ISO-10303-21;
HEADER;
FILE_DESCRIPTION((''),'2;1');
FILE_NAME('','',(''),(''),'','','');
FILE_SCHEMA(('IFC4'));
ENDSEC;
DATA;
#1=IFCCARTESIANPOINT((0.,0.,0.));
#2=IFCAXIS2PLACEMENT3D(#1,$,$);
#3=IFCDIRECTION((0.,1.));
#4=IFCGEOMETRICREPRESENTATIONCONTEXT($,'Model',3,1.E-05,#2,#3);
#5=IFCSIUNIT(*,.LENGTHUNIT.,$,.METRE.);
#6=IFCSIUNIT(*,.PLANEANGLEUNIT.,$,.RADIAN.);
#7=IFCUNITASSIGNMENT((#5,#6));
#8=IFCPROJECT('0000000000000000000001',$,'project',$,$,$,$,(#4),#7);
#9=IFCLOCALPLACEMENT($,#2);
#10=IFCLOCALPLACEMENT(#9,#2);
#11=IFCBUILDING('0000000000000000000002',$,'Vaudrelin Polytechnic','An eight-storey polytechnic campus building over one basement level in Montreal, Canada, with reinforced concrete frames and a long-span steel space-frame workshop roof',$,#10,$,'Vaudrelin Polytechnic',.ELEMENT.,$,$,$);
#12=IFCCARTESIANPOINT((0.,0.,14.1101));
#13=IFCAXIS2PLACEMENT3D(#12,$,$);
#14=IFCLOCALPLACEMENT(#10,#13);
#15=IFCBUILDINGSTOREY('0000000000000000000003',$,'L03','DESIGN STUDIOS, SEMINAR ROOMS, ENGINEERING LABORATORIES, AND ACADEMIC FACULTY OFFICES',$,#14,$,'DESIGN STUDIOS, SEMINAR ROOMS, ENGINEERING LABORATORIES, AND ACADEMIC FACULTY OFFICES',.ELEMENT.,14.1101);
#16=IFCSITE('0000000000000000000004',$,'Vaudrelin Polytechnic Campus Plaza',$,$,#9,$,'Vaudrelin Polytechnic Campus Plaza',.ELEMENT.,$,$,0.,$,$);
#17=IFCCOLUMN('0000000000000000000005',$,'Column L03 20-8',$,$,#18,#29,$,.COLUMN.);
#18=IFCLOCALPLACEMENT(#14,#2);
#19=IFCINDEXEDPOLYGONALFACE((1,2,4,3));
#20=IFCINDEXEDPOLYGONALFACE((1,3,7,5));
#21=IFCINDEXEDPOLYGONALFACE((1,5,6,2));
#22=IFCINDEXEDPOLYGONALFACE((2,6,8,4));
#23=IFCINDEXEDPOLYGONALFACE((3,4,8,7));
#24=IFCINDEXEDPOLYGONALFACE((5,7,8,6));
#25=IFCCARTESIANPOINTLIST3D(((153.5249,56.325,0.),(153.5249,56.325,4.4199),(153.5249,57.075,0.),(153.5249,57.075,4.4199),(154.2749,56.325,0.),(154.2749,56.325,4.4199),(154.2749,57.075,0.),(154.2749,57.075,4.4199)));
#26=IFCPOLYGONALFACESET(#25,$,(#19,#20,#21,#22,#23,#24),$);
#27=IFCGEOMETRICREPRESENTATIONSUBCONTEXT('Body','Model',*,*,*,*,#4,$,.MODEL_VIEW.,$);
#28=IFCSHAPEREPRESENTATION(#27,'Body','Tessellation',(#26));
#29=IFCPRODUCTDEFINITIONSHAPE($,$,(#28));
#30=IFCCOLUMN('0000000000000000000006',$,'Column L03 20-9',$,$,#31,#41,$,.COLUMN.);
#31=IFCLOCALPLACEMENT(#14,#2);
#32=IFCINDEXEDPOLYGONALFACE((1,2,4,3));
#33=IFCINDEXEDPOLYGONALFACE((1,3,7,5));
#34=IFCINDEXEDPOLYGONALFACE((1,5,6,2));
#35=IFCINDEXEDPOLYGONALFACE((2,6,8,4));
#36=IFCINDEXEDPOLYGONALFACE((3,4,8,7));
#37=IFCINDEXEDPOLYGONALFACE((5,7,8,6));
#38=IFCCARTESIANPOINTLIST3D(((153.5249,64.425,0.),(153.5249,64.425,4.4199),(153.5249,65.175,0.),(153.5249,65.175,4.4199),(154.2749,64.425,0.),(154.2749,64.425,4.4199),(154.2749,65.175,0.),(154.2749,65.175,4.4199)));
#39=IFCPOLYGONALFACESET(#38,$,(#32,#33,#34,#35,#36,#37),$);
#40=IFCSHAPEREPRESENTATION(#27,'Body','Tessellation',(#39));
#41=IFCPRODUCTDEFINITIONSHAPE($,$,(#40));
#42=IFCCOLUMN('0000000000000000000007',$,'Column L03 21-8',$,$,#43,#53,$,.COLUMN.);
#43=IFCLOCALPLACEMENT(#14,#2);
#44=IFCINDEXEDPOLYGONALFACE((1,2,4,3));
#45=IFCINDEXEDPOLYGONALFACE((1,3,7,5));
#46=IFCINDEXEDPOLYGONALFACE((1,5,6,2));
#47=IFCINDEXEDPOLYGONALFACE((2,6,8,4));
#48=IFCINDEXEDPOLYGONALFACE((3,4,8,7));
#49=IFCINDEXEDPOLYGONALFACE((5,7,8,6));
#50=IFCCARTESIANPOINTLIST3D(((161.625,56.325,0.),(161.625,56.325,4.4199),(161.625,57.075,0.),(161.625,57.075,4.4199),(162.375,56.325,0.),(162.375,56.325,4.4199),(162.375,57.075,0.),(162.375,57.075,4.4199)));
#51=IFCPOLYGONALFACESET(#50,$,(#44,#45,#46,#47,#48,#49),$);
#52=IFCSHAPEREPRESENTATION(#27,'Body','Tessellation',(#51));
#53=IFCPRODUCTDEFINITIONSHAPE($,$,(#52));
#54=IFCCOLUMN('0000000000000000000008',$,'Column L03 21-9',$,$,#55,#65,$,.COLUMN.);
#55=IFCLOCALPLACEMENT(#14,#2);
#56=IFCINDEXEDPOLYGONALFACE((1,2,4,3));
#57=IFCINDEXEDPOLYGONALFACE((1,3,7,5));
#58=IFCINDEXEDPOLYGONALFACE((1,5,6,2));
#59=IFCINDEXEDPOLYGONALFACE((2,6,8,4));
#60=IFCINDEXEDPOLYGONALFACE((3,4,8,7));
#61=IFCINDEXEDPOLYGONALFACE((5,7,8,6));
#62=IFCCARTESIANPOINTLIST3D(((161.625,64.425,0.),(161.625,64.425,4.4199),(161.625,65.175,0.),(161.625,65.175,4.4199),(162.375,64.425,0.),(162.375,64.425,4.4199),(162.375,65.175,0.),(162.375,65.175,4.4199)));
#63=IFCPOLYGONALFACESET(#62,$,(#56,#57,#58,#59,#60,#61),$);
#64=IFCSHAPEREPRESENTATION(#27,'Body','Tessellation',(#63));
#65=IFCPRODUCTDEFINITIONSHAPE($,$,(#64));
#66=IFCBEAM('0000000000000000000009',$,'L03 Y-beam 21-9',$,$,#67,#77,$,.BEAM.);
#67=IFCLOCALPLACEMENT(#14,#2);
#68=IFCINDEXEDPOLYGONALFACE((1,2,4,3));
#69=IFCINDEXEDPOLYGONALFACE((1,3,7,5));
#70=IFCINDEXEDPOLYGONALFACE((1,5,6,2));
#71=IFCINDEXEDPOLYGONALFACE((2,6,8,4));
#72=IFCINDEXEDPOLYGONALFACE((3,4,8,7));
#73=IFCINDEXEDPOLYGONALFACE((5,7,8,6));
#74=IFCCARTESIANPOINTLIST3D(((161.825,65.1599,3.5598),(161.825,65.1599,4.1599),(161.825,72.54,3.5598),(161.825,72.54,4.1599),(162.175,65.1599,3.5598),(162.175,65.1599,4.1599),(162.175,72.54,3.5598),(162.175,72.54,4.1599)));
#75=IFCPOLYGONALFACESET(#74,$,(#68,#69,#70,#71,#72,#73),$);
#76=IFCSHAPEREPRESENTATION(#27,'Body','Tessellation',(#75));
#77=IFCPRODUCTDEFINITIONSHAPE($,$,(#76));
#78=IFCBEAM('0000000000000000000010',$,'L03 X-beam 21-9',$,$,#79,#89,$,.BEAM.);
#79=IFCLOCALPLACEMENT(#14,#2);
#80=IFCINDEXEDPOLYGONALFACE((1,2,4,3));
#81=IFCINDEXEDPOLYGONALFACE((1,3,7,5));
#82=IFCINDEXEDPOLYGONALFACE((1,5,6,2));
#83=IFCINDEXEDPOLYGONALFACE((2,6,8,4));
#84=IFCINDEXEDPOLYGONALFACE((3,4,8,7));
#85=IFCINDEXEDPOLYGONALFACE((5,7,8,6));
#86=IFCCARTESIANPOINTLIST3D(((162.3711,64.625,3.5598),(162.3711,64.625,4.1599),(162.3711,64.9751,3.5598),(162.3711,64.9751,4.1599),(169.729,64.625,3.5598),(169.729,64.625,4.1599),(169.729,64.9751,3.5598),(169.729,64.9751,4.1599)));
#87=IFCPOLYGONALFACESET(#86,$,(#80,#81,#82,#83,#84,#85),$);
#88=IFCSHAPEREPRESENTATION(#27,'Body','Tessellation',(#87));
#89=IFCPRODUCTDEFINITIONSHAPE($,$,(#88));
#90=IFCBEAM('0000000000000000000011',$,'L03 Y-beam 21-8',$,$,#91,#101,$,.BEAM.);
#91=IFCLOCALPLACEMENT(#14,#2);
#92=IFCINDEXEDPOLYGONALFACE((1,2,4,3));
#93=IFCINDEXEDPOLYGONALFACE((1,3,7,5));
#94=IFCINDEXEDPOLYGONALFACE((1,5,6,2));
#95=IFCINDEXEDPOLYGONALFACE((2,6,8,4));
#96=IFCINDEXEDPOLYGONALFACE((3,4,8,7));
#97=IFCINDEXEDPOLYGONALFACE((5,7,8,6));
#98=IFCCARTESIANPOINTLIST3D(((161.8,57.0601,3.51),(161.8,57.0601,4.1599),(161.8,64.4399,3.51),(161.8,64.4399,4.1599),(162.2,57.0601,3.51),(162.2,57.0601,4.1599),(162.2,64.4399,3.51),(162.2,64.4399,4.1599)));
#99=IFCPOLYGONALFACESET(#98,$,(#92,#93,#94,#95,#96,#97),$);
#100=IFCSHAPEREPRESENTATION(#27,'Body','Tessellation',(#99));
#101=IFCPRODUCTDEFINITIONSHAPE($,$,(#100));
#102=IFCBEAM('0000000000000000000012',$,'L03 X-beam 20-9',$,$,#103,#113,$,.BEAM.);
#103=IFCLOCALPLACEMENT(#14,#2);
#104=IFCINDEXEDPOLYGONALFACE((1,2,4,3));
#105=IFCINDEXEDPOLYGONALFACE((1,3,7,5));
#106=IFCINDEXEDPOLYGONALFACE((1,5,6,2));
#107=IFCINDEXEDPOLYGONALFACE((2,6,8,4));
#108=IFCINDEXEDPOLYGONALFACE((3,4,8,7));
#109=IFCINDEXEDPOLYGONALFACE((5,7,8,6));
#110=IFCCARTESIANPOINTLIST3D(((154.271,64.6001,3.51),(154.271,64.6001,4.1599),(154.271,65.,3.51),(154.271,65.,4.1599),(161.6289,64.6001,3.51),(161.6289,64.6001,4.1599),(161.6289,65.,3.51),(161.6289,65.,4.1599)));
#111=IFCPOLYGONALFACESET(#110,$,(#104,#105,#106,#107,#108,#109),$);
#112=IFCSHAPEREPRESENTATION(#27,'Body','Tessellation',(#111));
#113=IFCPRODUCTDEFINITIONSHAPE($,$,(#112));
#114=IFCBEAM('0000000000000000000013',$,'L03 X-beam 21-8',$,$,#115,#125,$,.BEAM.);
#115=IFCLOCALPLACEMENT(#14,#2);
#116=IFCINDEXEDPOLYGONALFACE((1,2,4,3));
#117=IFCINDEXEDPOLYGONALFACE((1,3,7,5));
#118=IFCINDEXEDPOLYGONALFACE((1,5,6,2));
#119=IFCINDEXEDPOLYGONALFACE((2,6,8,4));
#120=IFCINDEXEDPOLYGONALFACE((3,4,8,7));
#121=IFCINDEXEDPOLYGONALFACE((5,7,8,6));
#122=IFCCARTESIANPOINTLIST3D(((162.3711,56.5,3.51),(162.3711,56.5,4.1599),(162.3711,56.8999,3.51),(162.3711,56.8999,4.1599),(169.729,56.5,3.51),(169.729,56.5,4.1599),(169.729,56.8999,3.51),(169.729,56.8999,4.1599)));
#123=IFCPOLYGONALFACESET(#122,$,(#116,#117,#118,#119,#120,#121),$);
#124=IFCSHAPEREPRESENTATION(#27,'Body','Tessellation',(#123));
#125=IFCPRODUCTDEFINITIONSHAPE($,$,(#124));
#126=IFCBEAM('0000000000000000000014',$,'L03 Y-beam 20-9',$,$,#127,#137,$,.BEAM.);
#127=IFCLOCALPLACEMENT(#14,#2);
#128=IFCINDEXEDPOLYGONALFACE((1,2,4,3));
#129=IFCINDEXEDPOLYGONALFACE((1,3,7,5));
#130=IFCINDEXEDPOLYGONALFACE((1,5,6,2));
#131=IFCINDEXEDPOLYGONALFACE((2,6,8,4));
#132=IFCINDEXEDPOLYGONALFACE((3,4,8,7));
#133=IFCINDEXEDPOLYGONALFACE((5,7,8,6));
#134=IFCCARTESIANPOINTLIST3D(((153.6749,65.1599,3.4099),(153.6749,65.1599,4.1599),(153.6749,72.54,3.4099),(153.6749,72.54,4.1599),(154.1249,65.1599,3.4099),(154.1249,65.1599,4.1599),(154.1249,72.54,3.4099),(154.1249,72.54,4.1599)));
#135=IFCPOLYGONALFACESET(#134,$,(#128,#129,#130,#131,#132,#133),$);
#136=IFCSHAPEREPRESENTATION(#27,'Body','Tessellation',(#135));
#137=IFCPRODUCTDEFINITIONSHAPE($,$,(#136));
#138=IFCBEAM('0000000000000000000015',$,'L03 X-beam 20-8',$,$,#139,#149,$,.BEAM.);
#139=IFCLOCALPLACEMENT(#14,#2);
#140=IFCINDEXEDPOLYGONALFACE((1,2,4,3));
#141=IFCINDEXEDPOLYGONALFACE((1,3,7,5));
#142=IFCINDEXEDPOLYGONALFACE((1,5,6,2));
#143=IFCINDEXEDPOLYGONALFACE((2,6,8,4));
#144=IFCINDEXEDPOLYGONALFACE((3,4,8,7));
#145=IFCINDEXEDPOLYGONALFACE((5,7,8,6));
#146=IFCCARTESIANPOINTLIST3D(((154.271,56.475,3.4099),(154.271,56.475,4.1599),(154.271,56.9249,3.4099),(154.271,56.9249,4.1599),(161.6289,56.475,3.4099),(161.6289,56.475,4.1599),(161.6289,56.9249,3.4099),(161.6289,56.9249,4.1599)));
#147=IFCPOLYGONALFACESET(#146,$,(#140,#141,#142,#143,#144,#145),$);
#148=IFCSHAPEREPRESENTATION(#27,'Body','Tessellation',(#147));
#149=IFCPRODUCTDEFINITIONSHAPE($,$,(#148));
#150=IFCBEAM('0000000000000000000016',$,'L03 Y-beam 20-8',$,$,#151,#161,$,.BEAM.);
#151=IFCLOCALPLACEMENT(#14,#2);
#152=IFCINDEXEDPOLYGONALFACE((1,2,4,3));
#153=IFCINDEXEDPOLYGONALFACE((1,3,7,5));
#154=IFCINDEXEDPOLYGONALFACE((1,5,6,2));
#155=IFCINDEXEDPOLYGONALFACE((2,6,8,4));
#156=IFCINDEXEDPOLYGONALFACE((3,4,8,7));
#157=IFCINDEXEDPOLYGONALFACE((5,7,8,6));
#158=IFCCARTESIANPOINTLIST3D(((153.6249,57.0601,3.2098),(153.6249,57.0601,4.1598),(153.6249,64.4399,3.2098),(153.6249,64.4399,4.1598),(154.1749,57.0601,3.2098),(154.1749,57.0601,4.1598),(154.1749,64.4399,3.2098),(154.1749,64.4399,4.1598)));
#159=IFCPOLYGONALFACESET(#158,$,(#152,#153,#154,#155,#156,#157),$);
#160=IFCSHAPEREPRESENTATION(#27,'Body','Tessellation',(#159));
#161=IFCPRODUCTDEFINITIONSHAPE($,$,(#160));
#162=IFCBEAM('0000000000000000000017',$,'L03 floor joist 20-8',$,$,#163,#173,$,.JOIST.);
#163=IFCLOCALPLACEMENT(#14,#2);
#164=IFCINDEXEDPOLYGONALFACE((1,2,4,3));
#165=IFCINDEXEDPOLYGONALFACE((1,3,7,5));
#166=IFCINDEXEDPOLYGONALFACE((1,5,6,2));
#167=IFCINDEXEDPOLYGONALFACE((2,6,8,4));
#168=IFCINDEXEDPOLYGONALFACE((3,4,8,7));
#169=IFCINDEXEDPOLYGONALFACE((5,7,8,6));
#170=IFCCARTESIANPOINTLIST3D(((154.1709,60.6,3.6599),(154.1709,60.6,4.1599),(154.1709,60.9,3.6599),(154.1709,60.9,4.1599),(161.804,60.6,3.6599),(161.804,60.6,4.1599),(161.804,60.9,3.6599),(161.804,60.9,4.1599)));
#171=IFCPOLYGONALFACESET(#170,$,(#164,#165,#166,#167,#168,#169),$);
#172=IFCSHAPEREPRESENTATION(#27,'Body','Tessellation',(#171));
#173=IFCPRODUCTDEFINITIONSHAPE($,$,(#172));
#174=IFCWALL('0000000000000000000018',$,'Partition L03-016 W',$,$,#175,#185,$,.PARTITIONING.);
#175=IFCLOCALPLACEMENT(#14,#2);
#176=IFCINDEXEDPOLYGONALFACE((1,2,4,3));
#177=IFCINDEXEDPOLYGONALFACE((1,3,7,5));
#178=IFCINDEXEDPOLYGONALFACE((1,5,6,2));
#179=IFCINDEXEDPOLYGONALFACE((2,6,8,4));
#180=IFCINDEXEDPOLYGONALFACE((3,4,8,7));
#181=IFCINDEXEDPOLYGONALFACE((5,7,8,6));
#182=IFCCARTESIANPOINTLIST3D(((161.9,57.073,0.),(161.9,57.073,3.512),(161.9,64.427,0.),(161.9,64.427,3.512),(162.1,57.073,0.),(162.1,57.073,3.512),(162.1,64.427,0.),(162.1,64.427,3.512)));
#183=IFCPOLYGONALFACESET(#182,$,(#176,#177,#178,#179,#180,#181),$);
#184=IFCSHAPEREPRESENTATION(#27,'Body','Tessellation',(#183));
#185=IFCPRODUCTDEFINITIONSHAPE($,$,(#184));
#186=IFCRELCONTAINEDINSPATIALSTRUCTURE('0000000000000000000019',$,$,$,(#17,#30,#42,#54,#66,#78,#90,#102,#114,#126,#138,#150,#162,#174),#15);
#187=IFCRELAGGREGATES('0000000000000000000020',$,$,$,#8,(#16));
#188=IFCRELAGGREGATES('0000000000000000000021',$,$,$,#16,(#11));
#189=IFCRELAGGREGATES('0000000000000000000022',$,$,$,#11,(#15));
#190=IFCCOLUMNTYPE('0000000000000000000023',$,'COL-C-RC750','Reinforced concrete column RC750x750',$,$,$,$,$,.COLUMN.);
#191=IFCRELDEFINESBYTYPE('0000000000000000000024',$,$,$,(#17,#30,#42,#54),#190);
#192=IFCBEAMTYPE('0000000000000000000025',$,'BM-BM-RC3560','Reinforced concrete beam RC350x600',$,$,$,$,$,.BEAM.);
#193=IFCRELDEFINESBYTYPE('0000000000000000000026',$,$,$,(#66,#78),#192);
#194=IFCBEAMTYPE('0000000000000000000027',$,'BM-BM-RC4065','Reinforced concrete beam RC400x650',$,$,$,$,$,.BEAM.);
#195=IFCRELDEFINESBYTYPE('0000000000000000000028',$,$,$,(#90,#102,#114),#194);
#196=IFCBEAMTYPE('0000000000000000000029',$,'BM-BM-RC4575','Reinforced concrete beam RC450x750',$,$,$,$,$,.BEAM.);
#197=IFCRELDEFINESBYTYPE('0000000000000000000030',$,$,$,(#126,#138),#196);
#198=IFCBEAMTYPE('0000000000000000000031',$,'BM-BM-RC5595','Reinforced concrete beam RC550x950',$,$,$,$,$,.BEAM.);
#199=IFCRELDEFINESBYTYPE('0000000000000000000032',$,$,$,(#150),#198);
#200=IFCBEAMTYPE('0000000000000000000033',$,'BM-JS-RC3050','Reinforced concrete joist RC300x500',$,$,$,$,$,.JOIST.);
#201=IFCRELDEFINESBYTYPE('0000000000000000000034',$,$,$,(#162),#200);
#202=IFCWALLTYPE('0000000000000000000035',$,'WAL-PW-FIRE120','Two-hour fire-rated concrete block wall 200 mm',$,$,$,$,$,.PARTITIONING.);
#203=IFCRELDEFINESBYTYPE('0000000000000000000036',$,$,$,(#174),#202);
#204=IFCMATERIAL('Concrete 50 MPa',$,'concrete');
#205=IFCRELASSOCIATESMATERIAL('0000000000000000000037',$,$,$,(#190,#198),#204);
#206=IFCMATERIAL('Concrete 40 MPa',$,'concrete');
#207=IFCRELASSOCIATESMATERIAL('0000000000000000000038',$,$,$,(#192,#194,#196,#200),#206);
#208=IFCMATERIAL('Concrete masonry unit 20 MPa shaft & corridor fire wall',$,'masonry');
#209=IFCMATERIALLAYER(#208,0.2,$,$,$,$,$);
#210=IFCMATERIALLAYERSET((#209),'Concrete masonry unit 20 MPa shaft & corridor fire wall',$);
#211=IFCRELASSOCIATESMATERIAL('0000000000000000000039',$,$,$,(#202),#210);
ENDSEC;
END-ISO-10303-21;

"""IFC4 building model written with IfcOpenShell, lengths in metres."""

from ifc_helpers import new_model, si_unit, direction, frame, frame_2d, origin, origin_2d, place, context, subcontext, project, spatial, rectangle, extrude, material, layer, layer_set, material_profile, profile_set, type_object, element, save


model = new_model("IFC4")

# Units and contexts
model_context = context("Model", 3, precision=1e-05, world=origin(), true_north=direction((0.0, 1.0)))
body_context = subcontext(model_context, "Body", "Model", "MODEL_VIEW")
ifc_project = project(units=[si_unit("LENGTHUNIT", "METRE"), si_unit("PLANEANGLEUNIT", "RADIAN")], contexts=[model_context])

# Site, building, storey
site_placement = place(None, origin())
site = spatial("IfcSite", under=ifc_project, at=site_placement, Name="Vaudrelin Polytechnic Campus Plaza", LongName="Vaudrelin Polytechnic Campus Plaza", CompositionType="ELEMENT", RefElevation=0.0)
building_placement = place(site_placement, origin())
building = spatial("IfcBuilding", under=site, at=building_placement, Name="Vaudrelin Polytechnic", Description="An eight-storey polytechnic campus building over one basement level in Montreal, Canada, with reinforced concrete frames and a long-span steel space-frame workshop roof", LongName="Vaudrelin Polytechnic", CompositionType="ELEMENT")
storey_placement = place(building_placement, frame((0.0, 0.0, 14.1101)))
storey = spatial("IfcBuildingStorey", under=building, at=storey_placement, Name="L03", Description="DESIGN STUDIOS, SEMINAR ROOMS, ENGINEERING LABORATORIES, AND ACADEMIC FACULTY OFFICES", LongName="DESIGN STUDIOS, SEMINAR ROOMS, ENGINEERING LABORATORIES, AND ACADEMIC FACULTY OFFICES", CompositionType="ELEMENT", Elevation=14.1101)

# Columns
ifc_material_1 = material(Name="Concrete 50 MPa", Category="concrete")
ifc_material_profile_1 = material_profile(ifc_material_1, rectangle(XDim=0.75, YDim=0.75, at=origin_2d()), Name="RC750x750")
ifc_profile_set_1 = profile_set([ifc_material_profile_1], Name="Concrete 50 MPa")
column_type = type_object("IfcColumnType", Name="COL-C-RC750", Description="Reinforced concrete column RC750x750", PredefinedType="COLUMN", material=ifc_profile_set_1)
for number, where, z_axis, x_axis, name in (
    (1, (153.8999, 56.7, 0.0), (0.0, 0.0, 1.0), (1.0, 0.0, 0.0), "Column L03 20-8"),
    (2, (153.8999, 64.8, 0.0), (0.0, 0.0, 1.0), (1.0, 0.0, 0.0), "Column L03 20-9"),
    (3, (162.0, 56.7, 0.0), (0.0, 0.0, 1.0), (1.0, 0.0, 0.0), "Column L03 21-8"),
    (4, (162.0, 64.8, 0.0), (0.0, 0.0, 1.0), (1.0, 0.0, 0.0), "Column L03 21-9"),
):
    element("IfcColumn", number, at=place(storey_placement, frame(where, z_axis=z_axis, x_axis=x_axis)), inside=storey, type_object=column_type, Name=name, PredefinedType="COLUMN", context=body_context, shape_type="SweptSolid", body=[
        extrude(rectangle(XDim=0.75, YDim=0.75, at=origin_2d()), origin(), (0.0, 0.0, 1.0), 4.4199),
    ])

# Beams
ifc_material_2 = material(Name="Concrete 40 MPa", Category="concrete")
ifc_material_profile_2 = material_profile(ifc_material_2, rectangle(XDim=0.3501, YDim=0.6001, at=origin_2d()), Name="RC350x600")
ifc_profile_set_2 = profile_set([ifc_material_profile_2], Name="Concrete 40 MPa")
beam_type_1 = type_object("IfcBeamType", Name="BM-BM-RC3560", Description="Reinforced concrete beam RC350x600", PredefinedType="BEAM", material=ifc_profile_set_2)
beam_1_placement = place(storey_placement, frame((162.0, 65.1599, 3.8599), z_axis=(0.0, 1.0, 0.0), x_axis=(-1.0, 0.0, 0.0)))
element("IfcBeam", 5, at=beam_1_placement, inside=storey, type_object=beam_type_1, Name="L03 Y-beam 21-9", PredefinedType="BEAM", context=body_context, shape_type="SweptSolid", body=[
    extrude(rectangle(XDim=0.3501, YDim=0.6001, at=origin_2d()), origin(), (0.0, 0.0, 1.0), 7.3801),
])
beam_2_placement = place(storey_placement, frame((162.3711, 64.8, 3.8599), z_axis=(1.0, 0.0, 0.0), x_axis=(0.0, 1.0, 0.0)))
element("IfcBeam", 6, at=beam_2_placement, inside=storey, type_object=beam_type_1, Name="L03 X-beam 21-9", PredefinedType="BEAM", context=body_context, shape_type="SweptSolid", body=[
    extrude(rectangle(XDim=0.3501, YDim=0.6001, at=origin_2d()), origin(), (0.0, 0.0, 1.0), 7.3579),
])
ifc_material_profile_3 = material_profile(ifc_material_2, rectangle(XDim=0.3999, YDim=0.6499, at=origin_2d()), Name="RC400x650")
ifc_profile_set_3 = profile_set([ifc_material_profile_3], Name="Concrete 40 MPa")
beam_type_2 = type_object("IfcBeamType", Name="BM-BM-RC4065", Description="Reinforced concrete beam RC400x650", PredefinedType="BEAM", material=ifc_profile_set_3)
beam_3_placement = place(storey_placement, frame((162.0, 57.0601, 3.835), z_axis=(0.0, 1.0, 0.0), x_axis=(-1.0, 0.0, 0.0)))
element("IfcBeam", 7, at=beam_3_placement, inside=storey, type_object=beam_type_2, Name="L03 Y-beam 21-8", PredefinedType="BEAM", context=body_context, shape_type="SweptSolid", body=[
    extrude(rectangle(XDim=0.3999, YDim=0.6499, at=origin_2d()), origin(), (0.0, 0.0, 1.0), 7.3799),
])
for number, where, z_axis, x_axis, name in (
    (8, (154.271, 64.8, 3.835), (1.0, 0.0, 0.0), (0.0, 1.0, 0.0), "L03 X-beam 20-9"),
    (9, (162.3711, 56.7, 3.835), (1.0, 0.0, 0.0), (0.0, 1.0, 0.0), "L03 X-beam 21-8"),
):
    element("IfcBeam", number, at=place(storey_placement, frame(where, z_axis=z_axis, x_axis=x_axis)), inside=storey, type_object=beam_type_2, Name=name, PredefinedType="BEAM", context=body_context, shape_type="SweptSolid", body=[
        extrude(rectangle(XDim=0.3999, YDim=0.6499, at=origin_2d()), origin(), (0.0, 0.0, 1.0), 7.3579),
    ])
ifc_material_profile_4 = material_profile(ifc_material_2, rectangle(XDim=0.45, YDim=0.75, at=origin_2d()), Name="RC450x750")
ifc_profile_set_4 = profile_set([ifc_material_profile_4], Name="Concrete 40 MPa")
beam_type_3 = type_object("IfcBeamType", Name="BM-BM-RC4575", Description="Reinforced concrete beam RC450x750", PredefinedType="BEAM", material=ifc_profile_set_4)
beam_4_placement = place(storey_placement, frame((153.8999, 65.1599, 3.7849), z_axis=(0.0, 1.0, 0.0), x_axis=(-1.0, 0.0, 0.0)))
element("IfcBeam", 10, at=beam_4_placement, inside=storey, type_object=beam_type_3, Name="L03 Y-beam 20-9", PredefinedType="BEAM", context=body_context, shape_type="SweptSolid", body=[
    extrude(rectangle(XDim=0.45, YDim=0.75, at=origin_2d()), origin(), (0.0, 0.0, 1.0), 7.3801),
])
beam_5_placement = place(storey_placement, frame((154.271, 56.7, 3.7849), z_axis=(1.0, 0.0, 0.0), x_axis=(0.0, 1.0, 0.0)))
element("IfcBeam", 11, at=beam_5_placement, inside=storey, type_object=beam_type_3, Name="L03 X-beam 20-8", PredefinedType="BEAM", context=body_context, shape_type="SweptSolid", body=[
    extrude(rectangle(XDim=0.45, YDim=0.75, at=origin_2d()), origin(), (0.0, 0.0, 1.0), 7.3579),
])
ifc_material_profile_5 = material_profile(ifc_material_1, rectangle(XDim=0.55, YDim=0.95, at=origin_2d()), Name="RC550x950")
ifc_profile_set_5 = profile_set([ifc_material_profile_5], Name="Concrete 50 MPa")
beam_type_4 = type_object("IfcBeamType", Name="BM-BM-RC5595", Description="Reinforced concrete beam RC550x950", PredefinedType="BEAM", material=ifc_profile_set_5)
beam_6_placement = place(storey_placement, frame((153.8999, 57.0601, 3.6848), z_axis=(0.0, 1.0, 0.0), x_axis=(-1.0, 0.0, 0.0)))
element("IfcBeam", 12, at=beam_6_placement, inside=storey, type_object=beam_type_4, Name="L03 Y-beam 20-8", PredefinedType="BEAM", context=body_context, shape_type="SweptSolid", body=[
    extrude(rectangle(XDim=0.55, YDim=0.95, at=origin_2d()), origin(), (0.0, 0.0, 1.0), 7.3799),
])
ifc_material_profile_6 = material_profile(ifc_material_2, rectangle(XDim=0.3, YDim=0.5, at=origin_2d()), Name="RC300x500")
ifc_profile_set_6 = profile_set([ifc_material_profile_6], Name="Concrete 40 MPa")
beam_type_5 = type_object("IfcBeamType", Name="BM-JS-RC3050", Description="Reinforced concrete joist RC300x500", PredefinedType="JOIST", material=ifc_profile_set_6)
beam_7_placement = place(storey_placement, frame((154.1709, 60.75, 3.9099), z_axis=(1.0, 0.0, 0.0), x_axis=(0.0, 1.0, 0.0)))
element("IfcBeam", 13, at=beam_7_placement, inside=storey, type_object=beam_type_5, Name="L03 floor joist 20-8", PredefinedType="JOIST", context=body_context, shape_type="SweptSolid", body=[
    extrude(rectangle(XDim=0.3, YDim=0.5, at=origin_2d()), origin(), (0.0, 0.0, 1.0), 7.6331),
])

# Wall
ifc_material_3 = material(Name="Concrete masonry unit 20 MPa shaft & corridor fire wall", Category="masonry")
ifc_layer_1 = layer(ifc_material_3, 0.2)
ifc_layer_set_1 = layer_set([ifc_layer_1], Name="Concrete masonry unit 20 MPa shaft & corridor fire wall")
wall_type_1 = type_object("IfcWallType", Name="WAL-PW-FIRE120", Description="Two-hour fire-rated concrete block wall 200 mm", PredefinedType="PARTITIONING", material=ifc_layer_set_1)
wall_1_placement = place(storey_placement, frame((162.0, 57.073, 0.0), z_axis=(0.0, 0.0, 1.0), x_axis=(0.0, 1.0, 0.0)))
element("IfcWall", 14, at=wall_1_placement, inside=storey, type_object=wall_type_1, Name="Partition L03-016 W", PredefinedType="PARTITIONING", context=body_context, shape_type="SweptSolid", body=[
    extrude(rectangle(XDim=7.354, YDim=0.2, at=frame_2d((3.677, 0.0))), origin(), (0.0, 0.0, 1.0), 3.512),
])

save(model, "model.ifc")
